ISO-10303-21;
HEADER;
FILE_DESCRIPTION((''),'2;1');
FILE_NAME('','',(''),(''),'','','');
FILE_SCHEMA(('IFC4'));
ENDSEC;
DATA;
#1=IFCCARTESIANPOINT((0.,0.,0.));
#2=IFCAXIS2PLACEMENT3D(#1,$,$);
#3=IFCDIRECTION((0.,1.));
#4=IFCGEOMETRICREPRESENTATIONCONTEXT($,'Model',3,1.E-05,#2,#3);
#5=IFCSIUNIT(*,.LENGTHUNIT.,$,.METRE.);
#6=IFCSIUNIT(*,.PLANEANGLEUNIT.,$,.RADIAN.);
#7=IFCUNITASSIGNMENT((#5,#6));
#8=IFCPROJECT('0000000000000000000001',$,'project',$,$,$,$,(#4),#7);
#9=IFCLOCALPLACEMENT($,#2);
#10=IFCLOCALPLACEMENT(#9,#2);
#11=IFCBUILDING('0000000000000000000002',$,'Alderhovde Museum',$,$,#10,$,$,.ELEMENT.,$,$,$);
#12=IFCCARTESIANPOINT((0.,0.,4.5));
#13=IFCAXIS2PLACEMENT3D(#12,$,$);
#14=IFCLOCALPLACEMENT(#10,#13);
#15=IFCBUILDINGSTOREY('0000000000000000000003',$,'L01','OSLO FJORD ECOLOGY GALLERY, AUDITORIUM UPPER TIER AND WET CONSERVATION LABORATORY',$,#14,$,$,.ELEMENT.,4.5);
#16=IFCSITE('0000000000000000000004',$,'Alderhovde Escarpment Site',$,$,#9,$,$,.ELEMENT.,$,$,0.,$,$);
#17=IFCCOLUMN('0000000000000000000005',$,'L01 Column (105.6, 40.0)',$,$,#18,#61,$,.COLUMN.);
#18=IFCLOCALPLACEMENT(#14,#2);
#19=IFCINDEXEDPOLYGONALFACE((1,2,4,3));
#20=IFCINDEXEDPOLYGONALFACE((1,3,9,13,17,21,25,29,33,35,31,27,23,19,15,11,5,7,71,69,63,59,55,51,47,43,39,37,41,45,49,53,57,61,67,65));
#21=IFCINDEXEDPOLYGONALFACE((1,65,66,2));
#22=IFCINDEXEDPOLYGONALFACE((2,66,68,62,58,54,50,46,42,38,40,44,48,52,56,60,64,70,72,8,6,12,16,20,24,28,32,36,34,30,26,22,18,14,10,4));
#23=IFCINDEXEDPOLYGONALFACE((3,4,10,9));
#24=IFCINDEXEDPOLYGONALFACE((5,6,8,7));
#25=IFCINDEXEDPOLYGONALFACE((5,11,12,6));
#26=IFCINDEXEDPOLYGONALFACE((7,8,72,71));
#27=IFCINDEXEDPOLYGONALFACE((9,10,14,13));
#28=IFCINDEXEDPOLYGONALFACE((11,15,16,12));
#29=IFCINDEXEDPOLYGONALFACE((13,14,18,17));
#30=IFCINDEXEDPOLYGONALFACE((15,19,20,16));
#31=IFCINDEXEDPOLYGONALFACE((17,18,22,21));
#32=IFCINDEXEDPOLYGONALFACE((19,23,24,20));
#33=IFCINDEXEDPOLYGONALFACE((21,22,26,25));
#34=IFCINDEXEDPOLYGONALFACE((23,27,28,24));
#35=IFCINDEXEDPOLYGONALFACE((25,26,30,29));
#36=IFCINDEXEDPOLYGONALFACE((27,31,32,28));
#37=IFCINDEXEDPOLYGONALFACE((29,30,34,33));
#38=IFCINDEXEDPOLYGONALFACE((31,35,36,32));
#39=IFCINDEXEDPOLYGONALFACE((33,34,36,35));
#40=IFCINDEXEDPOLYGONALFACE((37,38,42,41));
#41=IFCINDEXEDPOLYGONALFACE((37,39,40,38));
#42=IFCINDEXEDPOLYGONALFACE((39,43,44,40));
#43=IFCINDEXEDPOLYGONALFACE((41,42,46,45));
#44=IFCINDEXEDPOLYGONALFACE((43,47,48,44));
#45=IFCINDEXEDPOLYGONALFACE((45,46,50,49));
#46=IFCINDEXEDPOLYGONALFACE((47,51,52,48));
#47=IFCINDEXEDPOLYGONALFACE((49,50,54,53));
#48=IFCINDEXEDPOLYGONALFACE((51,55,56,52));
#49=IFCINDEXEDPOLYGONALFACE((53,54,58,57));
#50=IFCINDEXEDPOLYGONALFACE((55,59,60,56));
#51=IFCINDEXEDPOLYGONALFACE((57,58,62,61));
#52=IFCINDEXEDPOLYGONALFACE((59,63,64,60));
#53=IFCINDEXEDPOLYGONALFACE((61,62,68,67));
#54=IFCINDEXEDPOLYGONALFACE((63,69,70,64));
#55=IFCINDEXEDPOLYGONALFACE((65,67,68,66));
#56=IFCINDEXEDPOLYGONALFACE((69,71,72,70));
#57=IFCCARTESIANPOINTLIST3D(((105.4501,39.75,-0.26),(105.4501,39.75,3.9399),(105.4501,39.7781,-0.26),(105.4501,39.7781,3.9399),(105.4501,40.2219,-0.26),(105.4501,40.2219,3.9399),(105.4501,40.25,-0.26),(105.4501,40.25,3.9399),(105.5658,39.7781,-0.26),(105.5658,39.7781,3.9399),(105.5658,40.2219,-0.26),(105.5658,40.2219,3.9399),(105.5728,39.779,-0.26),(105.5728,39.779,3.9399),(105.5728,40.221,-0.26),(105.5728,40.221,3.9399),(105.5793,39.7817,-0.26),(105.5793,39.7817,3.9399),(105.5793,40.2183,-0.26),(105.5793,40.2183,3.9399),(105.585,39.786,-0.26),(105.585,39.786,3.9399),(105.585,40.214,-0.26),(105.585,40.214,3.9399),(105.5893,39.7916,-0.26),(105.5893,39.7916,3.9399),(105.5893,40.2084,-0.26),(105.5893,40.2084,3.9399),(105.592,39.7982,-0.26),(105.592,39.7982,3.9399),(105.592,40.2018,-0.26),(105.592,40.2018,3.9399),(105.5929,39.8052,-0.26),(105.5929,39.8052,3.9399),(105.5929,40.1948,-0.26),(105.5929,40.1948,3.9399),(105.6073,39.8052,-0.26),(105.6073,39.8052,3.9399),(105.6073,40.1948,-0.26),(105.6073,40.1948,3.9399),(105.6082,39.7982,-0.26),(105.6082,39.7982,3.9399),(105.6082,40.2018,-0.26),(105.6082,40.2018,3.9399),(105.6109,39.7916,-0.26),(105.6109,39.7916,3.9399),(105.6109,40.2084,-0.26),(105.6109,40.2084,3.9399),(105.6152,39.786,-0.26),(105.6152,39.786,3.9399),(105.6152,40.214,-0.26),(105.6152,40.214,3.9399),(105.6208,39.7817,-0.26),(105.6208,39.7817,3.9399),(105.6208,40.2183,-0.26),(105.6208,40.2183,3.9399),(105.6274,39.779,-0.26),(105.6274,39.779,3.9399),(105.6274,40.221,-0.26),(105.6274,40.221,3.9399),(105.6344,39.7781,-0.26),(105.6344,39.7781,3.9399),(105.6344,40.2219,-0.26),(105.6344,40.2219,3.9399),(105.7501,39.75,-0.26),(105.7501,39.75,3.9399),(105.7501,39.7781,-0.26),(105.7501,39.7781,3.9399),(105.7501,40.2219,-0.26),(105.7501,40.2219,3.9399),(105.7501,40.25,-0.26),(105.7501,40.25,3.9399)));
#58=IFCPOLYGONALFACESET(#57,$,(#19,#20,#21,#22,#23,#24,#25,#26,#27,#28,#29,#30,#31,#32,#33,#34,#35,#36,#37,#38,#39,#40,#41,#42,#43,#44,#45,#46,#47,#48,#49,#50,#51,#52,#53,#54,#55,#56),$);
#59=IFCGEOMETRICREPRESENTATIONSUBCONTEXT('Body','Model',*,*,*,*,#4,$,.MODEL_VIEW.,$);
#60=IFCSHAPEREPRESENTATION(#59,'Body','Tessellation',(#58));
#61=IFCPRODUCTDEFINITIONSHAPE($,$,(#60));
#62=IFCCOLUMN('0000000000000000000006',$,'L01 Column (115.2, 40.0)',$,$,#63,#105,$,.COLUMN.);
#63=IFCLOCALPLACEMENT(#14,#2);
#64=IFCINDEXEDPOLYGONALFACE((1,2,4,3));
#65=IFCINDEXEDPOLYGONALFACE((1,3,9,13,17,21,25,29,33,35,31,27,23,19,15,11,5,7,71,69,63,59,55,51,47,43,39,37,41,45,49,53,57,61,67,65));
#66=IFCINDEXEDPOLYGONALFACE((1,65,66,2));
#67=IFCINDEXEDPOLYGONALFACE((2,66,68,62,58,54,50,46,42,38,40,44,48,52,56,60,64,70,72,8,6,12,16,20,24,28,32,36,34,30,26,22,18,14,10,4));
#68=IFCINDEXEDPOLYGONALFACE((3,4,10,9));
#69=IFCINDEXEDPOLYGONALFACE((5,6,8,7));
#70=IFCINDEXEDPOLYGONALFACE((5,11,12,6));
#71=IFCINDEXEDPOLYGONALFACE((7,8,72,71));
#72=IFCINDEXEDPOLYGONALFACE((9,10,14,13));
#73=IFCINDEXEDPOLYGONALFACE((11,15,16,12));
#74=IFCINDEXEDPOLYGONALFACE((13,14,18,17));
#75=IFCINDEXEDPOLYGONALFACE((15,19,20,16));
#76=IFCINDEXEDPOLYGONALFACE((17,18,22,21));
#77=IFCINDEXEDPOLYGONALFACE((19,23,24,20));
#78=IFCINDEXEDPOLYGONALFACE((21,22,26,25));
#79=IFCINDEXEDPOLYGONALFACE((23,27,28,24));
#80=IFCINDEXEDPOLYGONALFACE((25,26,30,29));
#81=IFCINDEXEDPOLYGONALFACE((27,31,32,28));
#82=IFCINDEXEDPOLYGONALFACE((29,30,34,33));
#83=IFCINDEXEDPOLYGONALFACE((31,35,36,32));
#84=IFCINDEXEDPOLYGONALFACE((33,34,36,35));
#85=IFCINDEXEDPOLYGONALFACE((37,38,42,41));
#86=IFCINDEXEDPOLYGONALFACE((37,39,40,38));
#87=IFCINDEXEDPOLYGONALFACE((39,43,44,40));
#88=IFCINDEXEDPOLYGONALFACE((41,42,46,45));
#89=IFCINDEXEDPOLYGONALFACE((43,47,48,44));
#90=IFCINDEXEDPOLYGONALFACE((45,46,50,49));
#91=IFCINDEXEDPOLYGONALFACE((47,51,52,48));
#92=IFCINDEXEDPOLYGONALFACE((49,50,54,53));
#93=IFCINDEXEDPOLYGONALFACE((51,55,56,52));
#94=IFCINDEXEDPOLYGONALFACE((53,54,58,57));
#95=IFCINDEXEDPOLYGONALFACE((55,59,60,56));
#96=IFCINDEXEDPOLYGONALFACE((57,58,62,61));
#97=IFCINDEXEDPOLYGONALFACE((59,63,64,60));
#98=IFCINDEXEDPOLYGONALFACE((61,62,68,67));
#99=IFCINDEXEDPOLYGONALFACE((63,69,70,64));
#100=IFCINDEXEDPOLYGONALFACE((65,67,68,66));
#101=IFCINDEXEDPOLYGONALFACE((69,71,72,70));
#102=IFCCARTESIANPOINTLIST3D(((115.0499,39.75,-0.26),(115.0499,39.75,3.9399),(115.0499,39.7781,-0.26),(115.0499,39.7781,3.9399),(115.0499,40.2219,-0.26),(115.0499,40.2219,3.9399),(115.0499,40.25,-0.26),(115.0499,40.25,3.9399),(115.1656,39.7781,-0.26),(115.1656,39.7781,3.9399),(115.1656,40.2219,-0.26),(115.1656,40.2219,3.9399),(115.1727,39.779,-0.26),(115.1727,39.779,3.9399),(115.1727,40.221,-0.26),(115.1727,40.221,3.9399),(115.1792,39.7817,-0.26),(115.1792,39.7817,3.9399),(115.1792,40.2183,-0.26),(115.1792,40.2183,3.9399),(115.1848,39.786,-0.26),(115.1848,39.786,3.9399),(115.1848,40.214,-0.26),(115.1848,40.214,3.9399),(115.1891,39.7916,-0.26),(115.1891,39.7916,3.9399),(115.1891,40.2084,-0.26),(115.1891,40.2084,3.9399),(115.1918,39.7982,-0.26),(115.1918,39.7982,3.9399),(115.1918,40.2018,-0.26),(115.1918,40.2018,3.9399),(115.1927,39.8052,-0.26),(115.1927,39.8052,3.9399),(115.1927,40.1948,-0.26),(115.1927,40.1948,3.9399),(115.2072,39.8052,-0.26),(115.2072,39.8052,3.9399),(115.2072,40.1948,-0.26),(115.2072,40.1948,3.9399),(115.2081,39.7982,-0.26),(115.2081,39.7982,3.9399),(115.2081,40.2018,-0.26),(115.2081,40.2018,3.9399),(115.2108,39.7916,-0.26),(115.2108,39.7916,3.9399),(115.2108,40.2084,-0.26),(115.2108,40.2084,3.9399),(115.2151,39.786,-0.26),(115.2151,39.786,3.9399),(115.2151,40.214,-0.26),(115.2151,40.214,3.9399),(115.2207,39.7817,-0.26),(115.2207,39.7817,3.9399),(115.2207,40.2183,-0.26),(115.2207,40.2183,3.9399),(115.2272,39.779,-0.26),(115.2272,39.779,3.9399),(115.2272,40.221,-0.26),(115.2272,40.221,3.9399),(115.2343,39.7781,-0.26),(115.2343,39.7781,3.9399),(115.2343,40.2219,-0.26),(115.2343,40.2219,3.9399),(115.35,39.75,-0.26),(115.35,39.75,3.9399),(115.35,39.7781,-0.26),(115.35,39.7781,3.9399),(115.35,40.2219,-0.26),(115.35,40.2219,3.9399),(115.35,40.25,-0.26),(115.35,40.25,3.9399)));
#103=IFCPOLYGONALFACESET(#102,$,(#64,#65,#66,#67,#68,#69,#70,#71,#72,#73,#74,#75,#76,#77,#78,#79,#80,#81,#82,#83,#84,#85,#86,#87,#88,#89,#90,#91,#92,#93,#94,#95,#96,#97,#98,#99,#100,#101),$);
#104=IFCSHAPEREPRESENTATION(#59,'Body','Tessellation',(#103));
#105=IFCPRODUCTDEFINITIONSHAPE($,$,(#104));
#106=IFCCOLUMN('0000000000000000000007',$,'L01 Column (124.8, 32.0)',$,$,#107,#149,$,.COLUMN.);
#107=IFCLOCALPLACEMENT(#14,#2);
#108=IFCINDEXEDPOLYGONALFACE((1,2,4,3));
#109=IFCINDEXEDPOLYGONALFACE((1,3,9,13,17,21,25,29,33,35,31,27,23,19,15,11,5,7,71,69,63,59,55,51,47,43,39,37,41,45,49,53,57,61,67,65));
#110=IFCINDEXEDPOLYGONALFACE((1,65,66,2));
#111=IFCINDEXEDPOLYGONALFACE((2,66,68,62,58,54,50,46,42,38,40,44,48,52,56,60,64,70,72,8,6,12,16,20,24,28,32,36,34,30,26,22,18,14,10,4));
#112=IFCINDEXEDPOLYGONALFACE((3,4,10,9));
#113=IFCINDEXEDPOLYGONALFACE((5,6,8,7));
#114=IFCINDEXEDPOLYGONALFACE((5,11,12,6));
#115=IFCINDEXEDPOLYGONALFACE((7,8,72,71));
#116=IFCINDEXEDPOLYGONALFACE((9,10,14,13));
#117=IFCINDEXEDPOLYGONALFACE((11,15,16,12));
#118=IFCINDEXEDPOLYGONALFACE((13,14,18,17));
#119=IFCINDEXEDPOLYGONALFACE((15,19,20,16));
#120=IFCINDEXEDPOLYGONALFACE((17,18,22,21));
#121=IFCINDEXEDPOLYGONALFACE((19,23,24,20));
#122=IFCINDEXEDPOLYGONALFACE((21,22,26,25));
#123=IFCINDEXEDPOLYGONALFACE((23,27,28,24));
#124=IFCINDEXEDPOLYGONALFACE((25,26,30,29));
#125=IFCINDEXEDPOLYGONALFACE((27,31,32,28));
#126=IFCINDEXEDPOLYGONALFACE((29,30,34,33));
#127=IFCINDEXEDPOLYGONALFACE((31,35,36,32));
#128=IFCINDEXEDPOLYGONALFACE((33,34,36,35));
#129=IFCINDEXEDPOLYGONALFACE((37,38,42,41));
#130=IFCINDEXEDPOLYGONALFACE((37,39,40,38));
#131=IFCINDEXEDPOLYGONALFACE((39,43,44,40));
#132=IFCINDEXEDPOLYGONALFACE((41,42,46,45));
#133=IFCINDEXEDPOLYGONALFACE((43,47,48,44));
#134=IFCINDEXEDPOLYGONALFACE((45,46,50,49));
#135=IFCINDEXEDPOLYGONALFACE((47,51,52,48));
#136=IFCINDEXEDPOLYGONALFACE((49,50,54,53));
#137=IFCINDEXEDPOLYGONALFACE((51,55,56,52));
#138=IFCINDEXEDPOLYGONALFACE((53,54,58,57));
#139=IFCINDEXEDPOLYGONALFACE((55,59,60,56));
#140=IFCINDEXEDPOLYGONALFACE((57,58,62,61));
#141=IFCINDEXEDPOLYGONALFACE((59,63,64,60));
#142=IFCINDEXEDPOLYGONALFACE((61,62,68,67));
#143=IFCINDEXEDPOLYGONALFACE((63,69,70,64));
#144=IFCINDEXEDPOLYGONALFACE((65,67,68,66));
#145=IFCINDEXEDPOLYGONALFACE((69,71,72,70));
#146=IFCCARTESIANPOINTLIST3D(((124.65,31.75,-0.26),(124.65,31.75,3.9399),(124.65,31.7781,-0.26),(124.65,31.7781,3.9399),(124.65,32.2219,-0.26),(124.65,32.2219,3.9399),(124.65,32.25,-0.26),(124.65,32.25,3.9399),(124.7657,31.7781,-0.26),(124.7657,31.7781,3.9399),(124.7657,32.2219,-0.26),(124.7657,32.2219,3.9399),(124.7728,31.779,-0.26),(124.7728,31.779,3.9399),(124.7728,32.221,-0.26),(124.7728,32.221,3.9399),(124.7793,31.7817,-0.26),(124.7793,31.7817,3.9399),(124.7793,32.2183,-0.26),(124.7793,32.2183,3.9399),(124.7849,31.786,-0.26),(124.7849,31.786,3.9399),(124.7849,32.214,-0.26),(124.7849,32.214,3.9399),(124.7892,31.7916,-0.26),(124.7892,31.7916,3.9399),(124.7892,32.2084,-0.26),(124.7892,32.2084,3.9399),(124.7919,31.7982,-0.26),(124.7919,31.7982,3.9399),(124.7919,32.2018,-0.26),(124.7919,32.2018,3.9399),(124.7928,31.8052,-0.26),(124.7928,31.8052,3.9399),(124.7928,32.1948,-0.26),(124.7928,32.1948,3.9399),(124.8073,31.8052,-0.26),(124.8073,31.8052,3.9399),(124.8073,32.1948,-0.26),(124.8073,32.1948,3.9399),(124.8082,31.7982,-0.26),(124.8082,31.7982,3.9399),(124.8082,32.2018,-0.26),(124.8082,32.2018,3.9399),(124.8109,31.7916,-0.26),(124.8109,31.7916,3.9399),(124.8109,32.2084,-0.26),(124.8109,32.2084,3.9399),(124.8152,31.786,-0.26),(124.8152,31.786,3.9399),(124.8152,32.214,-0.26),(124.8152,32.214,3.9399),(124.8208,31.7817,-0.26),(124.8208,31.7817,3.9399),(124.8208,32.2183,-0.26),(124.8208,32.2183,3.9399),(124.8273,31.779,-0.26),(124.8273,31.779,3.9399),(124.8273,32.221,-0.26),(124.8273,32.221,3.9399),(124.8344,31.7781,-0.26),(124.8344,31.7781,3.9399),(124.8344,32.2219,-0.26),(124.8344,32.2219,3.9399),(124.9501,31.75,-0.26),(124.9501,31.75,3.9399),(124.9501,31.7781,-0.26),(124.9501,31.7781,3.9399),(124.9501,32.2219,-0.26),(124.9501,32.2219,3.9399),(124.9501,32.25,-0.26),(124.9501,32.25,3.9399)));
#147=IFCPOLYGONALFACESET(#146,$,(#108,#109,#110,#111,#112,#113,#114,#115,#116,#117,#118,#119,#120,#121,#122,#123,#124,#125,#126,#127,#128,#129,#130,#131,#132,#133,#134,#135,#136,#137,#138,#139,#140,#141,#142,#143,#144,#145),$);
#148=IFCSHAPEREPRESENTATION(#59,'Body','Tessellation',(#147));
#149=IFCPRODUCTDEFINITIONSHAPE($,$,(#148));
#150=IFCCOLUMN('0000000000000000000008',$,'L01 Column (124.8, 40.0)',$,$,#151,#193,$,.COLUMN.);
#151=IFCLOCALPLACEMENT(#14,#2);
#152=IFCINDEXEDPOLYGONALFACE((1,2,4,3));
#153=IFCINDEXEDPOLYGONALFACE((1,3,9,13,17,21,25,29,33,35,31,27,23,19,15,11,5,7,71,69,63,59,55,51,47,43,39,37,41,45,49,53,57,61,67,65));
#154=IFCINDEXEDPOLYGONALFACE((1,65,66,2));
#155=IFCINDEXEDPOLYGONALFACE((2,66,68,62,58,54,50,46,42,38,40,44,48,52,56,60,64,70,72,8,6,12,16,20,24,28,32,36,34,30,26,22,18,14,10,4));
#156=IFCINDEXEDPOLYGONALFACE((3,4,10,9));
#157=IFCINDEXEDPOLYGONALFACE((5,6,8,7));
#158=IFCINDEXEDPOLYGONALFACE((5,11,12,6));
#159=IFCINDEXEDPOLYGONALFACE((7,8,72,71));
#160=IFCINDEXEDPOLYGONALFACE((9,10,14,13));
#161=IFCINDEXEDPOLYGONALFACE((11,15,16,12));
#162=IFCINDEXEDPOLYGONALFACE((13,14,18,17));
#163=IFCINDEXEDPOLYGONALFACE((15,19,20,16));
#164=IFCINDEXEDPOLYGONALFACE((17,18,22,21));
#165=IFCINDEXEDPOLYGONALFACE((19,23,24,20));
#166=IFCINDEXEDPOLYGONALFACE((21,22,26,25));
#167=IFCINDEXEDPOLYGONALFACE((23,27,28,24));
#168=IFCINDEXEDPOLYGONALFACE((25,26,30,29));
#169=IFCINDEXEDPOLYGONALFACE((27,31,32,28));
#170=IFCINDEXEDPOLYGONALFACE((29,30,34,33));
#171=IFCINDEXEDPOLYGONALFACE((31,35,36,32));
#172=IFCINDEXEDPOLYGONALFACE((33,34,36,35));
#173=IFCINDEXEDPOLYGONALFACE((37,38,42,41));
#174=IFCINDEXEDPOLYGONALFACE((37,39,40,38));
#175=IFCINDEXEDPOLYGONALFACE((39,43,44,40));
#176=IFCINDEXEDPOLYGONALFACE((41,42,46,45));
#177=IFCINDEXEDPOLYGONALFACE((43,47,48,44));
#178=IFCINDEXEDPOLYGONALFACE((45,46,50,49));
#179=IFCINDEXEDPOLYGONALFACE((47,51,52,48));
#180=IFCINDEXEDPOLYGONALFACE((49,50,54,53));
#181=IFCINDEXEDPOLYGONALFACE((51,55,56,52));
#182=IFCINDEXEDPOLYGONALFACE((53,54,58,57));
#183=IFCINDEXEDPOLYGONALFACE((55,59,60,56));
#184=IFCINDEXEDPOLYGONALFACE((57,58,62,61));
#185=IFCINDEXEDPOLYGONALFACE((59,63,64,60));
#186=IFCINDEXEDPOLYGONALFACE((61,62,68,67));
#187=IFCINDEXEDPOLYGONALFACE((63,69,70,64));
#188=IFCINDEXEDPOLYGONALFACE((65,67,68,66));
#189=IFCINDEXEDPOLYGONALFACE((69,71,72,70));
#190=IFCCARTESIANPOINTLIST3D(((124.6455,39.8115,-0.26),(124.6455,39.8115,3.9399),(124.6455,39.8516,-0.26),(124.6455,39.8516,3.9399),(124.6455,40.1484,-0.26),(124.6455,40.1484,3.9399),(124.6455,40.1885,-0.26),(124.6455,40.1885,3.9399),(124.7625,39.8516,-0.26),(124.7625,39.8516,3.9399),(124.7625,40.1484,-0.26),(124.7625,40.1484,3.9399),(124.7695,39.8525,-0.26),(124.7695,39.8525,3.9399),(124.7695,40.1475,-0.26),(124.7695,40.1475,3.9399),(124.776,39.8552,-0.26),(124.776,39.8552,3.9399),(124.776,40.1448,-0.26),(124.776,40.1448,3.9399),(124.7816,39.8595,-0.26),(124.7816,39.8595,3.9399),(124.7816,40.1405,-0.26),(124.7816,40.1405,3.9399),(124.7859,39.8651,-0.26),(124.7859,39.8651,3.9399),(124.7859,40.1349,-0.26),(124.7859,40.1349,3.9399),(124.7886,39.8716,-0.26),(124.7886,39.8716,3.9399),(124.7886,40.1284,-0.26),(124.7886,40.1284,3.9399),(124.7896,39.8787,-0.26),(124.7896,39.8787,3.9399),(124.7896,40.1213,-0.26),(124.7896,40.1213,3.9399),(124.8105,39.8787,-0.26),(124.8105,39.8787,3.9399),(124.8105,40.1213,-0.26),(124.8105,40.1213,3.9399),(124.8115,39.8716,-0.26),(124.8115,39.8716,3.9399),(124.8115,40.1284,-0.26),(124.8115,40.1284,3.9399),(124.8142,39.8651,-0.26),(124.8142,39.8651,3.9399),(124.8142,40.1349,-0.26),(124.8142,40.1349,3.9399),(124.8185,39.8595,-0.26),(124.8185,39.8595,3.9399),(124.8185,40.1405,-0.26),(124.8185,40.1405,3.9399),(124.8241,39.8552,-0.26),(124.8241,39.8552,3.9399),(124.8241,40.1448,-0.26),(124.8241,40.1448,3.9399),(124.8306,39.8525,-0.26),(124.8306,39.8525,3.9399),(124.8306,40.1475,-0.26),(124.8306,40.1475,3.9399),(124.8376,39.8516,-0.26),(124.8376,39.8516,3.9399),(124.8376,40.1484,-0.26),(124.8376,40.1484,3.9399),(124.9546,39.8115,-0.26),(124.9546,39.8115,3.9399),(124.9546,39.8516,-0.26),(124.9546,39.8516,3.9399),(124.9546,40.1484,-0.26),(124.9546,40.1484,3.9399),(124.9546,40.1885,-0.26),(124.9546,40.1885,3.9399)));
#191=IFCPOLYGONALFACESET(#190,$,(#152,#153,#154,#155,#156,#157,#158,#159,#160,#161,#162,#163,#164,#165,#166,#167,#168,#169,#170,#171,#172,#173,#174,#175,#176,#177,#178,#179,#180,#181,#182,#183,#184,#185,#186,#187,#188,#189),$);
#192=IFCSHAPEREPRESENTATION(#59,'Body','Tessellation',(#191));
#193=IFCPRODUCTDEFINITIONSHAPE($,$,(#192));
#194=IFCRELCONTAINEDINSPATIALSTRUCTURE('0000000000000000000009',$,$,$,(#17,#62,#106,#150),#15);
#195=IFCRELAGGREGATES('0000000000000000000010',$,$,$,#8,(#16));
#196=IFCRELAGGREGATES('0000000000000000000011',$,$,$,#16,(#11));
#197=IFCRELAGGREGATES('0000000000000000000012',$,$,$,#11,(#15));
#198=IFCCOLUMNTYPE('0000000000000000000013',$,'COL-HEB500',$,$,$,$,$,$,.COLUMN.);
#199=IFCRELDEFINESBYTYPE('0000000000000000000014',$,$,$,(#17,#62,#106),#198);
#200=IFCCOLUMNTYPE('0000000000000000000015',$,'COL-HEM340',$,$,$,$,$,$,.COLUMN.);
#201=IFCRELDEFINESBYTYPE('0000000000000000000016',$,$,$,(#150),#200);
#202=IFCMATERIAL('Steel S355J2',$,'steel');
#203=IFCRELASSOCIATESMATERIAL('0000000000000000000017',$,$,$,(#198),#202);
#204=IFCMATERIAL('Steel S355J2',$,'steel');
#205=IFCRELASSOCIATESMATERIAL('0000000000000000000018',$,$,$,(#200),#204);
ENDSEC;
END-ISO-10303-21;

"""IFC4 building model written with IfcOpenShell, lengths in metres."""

from ifc_helpers import new_model, si_unit, direction, frame, origin, origin_2d, place, context, subcontext, project, spatial, i_section, extrude, material, material_profile, profile_set, type_object, element, save


model = new_model("IFC4")

# Units and contexts
model_context = context("Model", 3, precision=1e-05, world=origin(), true_north=direction((0.0, 1.0)))
body_context = subcontext(model_context, "Body", "Model", "MODEL_VIEW")
ifc_project = project(units=[si_unit("LENGTHUNIT", "METRE"), si_unit("PLANEANGLEUNIT", "RADIAN")], contexts=[model_context])

# Site, building, storey
site_placement = place(None, origin())
site = spatial("IfcSite", under=ifc_project, at=site_placement, Name="Alderhovde Escarpment Site", CompositionType="ELEMENT", RefElevation=0.0)
building_placement = place(site_placement, origin())
building = spatial("IfcBuilding", under=site, at=building_placement, Name="Alderhovde Museum", CompositionType="ELEMENT")
storey_placement = place(building_placement, frame((0.0, 0.0, 4.5)))
storey = spatial("IfcBuildingStorey", under=building, at=storey_placement, Name="L01", Description="OSLO FJORD ECOLOGY GALLERY, AUDITORIUM UPPER TIER AND WET CONSERVATION LABORATORY", CompositionType="ELEMENT", Elevation=4.5)

# Columns
ifc_material_1 = material(Name="Steel S355J2", Category="steel")
ifc_material_profile_1 = material_profile(ifc_material_1, i_section(OverallWidth=0.3, OverallDepth=0.5, WebThickness=0.0144, FlangeThickness=0.0281, FilletRadius=0.0271, at=origin_2d()), Name="HEB 500")
ifc_profile_set_1 = profile_set([ifc_material_profile_1], Name="Steel S355J2")
column_type_1 = type_object("IfcColumnType", Name="COL-HEB500", PredefinedType="COLUMN", material=ifc_profile_set_1)
for number, where, z_axis, x_axis, name in (
    (1, (105.6001, 40.0, -0.26), (0.0, 0.0, 1.0), (1.0, 0.0, 0.0), "L01 Column (105.6, 40.0)"),
    (2, (115.2, 40.0, -0.26), (0.0, 0.0, 1.0), (1.0, 0.0, 0.0), "L01 Column (115.2, 40.0)"),
    (3, (124.8, 32.0, -0.26), (0.0, 0.0, 1.0), (1.0, 0.0, 0.0), "L01 Column (124.8, 32.0)"),
):
    element("IfcColumn", number, at=place(storey_placement, frame(where, z_axis=z_axis, x_axis=x_axis)), inside=storey, type_object=column_type_1, Name=name, PredefinedType="COLUMN", context=body_context, shape_type="SweptSolid", body=[
        extrude(i_section(OverallWidth=0.3, OverallDepth=0.5, WebThickness=0.0144, FlangeThickness=0.0281, FilletRadius=0.0271, at=origin_2d()), origin(), (0.0, 0.0, 1.0), 4.2),
    ])
ifc_material_2 = material(Name="Steel S355J2", Category="steel")
ifc_material_profile_2 = material_profile(ifc_material_2, i_section(OverallWidth=0.3091, OverallDepth=0.377, WebThickness=0.021, FlangeThickness=0.04, FilletRadius=0.0271, at=origin_2d()), Name="HEM 340")
ifc_profile_set_2 = profile_set([ifc_material_profile_2], Name="Steel S355J2")
column_type_2 = type_object("IfcColumnType", Name="COL-HEM340", PredefinedType="COLUMN", material=ifc_profile_set_2)
for number, where, z_axis, x_axis, name in (
    (4, (124.8, 40.0, -0.26), (0.0, 0.0, 1.0), (1.0, 0.0, 0.0), "L01 Column (124.8, 40.0)"),
):
    element("IfcColumn", number, at=place(storey_placement, frame(where, z_axis=z_axis, x_axis=x_axis)), inside=storey, type_object=column_type_2, Name=name, PredefinedType="COLUMN", context=body_context, shape_type="SweptSolid", body=[
        extrude(i_section(OverallWidth=0.3091, OverallDepth=0.377, WebThickness=0.021, FlangeThickness=0.04, FilletRadius=0.0271, at=origin_2d()), origin(), (0.0, 0.0, 1.0), 4.2),
    ])

save(model, "model.ifc")
